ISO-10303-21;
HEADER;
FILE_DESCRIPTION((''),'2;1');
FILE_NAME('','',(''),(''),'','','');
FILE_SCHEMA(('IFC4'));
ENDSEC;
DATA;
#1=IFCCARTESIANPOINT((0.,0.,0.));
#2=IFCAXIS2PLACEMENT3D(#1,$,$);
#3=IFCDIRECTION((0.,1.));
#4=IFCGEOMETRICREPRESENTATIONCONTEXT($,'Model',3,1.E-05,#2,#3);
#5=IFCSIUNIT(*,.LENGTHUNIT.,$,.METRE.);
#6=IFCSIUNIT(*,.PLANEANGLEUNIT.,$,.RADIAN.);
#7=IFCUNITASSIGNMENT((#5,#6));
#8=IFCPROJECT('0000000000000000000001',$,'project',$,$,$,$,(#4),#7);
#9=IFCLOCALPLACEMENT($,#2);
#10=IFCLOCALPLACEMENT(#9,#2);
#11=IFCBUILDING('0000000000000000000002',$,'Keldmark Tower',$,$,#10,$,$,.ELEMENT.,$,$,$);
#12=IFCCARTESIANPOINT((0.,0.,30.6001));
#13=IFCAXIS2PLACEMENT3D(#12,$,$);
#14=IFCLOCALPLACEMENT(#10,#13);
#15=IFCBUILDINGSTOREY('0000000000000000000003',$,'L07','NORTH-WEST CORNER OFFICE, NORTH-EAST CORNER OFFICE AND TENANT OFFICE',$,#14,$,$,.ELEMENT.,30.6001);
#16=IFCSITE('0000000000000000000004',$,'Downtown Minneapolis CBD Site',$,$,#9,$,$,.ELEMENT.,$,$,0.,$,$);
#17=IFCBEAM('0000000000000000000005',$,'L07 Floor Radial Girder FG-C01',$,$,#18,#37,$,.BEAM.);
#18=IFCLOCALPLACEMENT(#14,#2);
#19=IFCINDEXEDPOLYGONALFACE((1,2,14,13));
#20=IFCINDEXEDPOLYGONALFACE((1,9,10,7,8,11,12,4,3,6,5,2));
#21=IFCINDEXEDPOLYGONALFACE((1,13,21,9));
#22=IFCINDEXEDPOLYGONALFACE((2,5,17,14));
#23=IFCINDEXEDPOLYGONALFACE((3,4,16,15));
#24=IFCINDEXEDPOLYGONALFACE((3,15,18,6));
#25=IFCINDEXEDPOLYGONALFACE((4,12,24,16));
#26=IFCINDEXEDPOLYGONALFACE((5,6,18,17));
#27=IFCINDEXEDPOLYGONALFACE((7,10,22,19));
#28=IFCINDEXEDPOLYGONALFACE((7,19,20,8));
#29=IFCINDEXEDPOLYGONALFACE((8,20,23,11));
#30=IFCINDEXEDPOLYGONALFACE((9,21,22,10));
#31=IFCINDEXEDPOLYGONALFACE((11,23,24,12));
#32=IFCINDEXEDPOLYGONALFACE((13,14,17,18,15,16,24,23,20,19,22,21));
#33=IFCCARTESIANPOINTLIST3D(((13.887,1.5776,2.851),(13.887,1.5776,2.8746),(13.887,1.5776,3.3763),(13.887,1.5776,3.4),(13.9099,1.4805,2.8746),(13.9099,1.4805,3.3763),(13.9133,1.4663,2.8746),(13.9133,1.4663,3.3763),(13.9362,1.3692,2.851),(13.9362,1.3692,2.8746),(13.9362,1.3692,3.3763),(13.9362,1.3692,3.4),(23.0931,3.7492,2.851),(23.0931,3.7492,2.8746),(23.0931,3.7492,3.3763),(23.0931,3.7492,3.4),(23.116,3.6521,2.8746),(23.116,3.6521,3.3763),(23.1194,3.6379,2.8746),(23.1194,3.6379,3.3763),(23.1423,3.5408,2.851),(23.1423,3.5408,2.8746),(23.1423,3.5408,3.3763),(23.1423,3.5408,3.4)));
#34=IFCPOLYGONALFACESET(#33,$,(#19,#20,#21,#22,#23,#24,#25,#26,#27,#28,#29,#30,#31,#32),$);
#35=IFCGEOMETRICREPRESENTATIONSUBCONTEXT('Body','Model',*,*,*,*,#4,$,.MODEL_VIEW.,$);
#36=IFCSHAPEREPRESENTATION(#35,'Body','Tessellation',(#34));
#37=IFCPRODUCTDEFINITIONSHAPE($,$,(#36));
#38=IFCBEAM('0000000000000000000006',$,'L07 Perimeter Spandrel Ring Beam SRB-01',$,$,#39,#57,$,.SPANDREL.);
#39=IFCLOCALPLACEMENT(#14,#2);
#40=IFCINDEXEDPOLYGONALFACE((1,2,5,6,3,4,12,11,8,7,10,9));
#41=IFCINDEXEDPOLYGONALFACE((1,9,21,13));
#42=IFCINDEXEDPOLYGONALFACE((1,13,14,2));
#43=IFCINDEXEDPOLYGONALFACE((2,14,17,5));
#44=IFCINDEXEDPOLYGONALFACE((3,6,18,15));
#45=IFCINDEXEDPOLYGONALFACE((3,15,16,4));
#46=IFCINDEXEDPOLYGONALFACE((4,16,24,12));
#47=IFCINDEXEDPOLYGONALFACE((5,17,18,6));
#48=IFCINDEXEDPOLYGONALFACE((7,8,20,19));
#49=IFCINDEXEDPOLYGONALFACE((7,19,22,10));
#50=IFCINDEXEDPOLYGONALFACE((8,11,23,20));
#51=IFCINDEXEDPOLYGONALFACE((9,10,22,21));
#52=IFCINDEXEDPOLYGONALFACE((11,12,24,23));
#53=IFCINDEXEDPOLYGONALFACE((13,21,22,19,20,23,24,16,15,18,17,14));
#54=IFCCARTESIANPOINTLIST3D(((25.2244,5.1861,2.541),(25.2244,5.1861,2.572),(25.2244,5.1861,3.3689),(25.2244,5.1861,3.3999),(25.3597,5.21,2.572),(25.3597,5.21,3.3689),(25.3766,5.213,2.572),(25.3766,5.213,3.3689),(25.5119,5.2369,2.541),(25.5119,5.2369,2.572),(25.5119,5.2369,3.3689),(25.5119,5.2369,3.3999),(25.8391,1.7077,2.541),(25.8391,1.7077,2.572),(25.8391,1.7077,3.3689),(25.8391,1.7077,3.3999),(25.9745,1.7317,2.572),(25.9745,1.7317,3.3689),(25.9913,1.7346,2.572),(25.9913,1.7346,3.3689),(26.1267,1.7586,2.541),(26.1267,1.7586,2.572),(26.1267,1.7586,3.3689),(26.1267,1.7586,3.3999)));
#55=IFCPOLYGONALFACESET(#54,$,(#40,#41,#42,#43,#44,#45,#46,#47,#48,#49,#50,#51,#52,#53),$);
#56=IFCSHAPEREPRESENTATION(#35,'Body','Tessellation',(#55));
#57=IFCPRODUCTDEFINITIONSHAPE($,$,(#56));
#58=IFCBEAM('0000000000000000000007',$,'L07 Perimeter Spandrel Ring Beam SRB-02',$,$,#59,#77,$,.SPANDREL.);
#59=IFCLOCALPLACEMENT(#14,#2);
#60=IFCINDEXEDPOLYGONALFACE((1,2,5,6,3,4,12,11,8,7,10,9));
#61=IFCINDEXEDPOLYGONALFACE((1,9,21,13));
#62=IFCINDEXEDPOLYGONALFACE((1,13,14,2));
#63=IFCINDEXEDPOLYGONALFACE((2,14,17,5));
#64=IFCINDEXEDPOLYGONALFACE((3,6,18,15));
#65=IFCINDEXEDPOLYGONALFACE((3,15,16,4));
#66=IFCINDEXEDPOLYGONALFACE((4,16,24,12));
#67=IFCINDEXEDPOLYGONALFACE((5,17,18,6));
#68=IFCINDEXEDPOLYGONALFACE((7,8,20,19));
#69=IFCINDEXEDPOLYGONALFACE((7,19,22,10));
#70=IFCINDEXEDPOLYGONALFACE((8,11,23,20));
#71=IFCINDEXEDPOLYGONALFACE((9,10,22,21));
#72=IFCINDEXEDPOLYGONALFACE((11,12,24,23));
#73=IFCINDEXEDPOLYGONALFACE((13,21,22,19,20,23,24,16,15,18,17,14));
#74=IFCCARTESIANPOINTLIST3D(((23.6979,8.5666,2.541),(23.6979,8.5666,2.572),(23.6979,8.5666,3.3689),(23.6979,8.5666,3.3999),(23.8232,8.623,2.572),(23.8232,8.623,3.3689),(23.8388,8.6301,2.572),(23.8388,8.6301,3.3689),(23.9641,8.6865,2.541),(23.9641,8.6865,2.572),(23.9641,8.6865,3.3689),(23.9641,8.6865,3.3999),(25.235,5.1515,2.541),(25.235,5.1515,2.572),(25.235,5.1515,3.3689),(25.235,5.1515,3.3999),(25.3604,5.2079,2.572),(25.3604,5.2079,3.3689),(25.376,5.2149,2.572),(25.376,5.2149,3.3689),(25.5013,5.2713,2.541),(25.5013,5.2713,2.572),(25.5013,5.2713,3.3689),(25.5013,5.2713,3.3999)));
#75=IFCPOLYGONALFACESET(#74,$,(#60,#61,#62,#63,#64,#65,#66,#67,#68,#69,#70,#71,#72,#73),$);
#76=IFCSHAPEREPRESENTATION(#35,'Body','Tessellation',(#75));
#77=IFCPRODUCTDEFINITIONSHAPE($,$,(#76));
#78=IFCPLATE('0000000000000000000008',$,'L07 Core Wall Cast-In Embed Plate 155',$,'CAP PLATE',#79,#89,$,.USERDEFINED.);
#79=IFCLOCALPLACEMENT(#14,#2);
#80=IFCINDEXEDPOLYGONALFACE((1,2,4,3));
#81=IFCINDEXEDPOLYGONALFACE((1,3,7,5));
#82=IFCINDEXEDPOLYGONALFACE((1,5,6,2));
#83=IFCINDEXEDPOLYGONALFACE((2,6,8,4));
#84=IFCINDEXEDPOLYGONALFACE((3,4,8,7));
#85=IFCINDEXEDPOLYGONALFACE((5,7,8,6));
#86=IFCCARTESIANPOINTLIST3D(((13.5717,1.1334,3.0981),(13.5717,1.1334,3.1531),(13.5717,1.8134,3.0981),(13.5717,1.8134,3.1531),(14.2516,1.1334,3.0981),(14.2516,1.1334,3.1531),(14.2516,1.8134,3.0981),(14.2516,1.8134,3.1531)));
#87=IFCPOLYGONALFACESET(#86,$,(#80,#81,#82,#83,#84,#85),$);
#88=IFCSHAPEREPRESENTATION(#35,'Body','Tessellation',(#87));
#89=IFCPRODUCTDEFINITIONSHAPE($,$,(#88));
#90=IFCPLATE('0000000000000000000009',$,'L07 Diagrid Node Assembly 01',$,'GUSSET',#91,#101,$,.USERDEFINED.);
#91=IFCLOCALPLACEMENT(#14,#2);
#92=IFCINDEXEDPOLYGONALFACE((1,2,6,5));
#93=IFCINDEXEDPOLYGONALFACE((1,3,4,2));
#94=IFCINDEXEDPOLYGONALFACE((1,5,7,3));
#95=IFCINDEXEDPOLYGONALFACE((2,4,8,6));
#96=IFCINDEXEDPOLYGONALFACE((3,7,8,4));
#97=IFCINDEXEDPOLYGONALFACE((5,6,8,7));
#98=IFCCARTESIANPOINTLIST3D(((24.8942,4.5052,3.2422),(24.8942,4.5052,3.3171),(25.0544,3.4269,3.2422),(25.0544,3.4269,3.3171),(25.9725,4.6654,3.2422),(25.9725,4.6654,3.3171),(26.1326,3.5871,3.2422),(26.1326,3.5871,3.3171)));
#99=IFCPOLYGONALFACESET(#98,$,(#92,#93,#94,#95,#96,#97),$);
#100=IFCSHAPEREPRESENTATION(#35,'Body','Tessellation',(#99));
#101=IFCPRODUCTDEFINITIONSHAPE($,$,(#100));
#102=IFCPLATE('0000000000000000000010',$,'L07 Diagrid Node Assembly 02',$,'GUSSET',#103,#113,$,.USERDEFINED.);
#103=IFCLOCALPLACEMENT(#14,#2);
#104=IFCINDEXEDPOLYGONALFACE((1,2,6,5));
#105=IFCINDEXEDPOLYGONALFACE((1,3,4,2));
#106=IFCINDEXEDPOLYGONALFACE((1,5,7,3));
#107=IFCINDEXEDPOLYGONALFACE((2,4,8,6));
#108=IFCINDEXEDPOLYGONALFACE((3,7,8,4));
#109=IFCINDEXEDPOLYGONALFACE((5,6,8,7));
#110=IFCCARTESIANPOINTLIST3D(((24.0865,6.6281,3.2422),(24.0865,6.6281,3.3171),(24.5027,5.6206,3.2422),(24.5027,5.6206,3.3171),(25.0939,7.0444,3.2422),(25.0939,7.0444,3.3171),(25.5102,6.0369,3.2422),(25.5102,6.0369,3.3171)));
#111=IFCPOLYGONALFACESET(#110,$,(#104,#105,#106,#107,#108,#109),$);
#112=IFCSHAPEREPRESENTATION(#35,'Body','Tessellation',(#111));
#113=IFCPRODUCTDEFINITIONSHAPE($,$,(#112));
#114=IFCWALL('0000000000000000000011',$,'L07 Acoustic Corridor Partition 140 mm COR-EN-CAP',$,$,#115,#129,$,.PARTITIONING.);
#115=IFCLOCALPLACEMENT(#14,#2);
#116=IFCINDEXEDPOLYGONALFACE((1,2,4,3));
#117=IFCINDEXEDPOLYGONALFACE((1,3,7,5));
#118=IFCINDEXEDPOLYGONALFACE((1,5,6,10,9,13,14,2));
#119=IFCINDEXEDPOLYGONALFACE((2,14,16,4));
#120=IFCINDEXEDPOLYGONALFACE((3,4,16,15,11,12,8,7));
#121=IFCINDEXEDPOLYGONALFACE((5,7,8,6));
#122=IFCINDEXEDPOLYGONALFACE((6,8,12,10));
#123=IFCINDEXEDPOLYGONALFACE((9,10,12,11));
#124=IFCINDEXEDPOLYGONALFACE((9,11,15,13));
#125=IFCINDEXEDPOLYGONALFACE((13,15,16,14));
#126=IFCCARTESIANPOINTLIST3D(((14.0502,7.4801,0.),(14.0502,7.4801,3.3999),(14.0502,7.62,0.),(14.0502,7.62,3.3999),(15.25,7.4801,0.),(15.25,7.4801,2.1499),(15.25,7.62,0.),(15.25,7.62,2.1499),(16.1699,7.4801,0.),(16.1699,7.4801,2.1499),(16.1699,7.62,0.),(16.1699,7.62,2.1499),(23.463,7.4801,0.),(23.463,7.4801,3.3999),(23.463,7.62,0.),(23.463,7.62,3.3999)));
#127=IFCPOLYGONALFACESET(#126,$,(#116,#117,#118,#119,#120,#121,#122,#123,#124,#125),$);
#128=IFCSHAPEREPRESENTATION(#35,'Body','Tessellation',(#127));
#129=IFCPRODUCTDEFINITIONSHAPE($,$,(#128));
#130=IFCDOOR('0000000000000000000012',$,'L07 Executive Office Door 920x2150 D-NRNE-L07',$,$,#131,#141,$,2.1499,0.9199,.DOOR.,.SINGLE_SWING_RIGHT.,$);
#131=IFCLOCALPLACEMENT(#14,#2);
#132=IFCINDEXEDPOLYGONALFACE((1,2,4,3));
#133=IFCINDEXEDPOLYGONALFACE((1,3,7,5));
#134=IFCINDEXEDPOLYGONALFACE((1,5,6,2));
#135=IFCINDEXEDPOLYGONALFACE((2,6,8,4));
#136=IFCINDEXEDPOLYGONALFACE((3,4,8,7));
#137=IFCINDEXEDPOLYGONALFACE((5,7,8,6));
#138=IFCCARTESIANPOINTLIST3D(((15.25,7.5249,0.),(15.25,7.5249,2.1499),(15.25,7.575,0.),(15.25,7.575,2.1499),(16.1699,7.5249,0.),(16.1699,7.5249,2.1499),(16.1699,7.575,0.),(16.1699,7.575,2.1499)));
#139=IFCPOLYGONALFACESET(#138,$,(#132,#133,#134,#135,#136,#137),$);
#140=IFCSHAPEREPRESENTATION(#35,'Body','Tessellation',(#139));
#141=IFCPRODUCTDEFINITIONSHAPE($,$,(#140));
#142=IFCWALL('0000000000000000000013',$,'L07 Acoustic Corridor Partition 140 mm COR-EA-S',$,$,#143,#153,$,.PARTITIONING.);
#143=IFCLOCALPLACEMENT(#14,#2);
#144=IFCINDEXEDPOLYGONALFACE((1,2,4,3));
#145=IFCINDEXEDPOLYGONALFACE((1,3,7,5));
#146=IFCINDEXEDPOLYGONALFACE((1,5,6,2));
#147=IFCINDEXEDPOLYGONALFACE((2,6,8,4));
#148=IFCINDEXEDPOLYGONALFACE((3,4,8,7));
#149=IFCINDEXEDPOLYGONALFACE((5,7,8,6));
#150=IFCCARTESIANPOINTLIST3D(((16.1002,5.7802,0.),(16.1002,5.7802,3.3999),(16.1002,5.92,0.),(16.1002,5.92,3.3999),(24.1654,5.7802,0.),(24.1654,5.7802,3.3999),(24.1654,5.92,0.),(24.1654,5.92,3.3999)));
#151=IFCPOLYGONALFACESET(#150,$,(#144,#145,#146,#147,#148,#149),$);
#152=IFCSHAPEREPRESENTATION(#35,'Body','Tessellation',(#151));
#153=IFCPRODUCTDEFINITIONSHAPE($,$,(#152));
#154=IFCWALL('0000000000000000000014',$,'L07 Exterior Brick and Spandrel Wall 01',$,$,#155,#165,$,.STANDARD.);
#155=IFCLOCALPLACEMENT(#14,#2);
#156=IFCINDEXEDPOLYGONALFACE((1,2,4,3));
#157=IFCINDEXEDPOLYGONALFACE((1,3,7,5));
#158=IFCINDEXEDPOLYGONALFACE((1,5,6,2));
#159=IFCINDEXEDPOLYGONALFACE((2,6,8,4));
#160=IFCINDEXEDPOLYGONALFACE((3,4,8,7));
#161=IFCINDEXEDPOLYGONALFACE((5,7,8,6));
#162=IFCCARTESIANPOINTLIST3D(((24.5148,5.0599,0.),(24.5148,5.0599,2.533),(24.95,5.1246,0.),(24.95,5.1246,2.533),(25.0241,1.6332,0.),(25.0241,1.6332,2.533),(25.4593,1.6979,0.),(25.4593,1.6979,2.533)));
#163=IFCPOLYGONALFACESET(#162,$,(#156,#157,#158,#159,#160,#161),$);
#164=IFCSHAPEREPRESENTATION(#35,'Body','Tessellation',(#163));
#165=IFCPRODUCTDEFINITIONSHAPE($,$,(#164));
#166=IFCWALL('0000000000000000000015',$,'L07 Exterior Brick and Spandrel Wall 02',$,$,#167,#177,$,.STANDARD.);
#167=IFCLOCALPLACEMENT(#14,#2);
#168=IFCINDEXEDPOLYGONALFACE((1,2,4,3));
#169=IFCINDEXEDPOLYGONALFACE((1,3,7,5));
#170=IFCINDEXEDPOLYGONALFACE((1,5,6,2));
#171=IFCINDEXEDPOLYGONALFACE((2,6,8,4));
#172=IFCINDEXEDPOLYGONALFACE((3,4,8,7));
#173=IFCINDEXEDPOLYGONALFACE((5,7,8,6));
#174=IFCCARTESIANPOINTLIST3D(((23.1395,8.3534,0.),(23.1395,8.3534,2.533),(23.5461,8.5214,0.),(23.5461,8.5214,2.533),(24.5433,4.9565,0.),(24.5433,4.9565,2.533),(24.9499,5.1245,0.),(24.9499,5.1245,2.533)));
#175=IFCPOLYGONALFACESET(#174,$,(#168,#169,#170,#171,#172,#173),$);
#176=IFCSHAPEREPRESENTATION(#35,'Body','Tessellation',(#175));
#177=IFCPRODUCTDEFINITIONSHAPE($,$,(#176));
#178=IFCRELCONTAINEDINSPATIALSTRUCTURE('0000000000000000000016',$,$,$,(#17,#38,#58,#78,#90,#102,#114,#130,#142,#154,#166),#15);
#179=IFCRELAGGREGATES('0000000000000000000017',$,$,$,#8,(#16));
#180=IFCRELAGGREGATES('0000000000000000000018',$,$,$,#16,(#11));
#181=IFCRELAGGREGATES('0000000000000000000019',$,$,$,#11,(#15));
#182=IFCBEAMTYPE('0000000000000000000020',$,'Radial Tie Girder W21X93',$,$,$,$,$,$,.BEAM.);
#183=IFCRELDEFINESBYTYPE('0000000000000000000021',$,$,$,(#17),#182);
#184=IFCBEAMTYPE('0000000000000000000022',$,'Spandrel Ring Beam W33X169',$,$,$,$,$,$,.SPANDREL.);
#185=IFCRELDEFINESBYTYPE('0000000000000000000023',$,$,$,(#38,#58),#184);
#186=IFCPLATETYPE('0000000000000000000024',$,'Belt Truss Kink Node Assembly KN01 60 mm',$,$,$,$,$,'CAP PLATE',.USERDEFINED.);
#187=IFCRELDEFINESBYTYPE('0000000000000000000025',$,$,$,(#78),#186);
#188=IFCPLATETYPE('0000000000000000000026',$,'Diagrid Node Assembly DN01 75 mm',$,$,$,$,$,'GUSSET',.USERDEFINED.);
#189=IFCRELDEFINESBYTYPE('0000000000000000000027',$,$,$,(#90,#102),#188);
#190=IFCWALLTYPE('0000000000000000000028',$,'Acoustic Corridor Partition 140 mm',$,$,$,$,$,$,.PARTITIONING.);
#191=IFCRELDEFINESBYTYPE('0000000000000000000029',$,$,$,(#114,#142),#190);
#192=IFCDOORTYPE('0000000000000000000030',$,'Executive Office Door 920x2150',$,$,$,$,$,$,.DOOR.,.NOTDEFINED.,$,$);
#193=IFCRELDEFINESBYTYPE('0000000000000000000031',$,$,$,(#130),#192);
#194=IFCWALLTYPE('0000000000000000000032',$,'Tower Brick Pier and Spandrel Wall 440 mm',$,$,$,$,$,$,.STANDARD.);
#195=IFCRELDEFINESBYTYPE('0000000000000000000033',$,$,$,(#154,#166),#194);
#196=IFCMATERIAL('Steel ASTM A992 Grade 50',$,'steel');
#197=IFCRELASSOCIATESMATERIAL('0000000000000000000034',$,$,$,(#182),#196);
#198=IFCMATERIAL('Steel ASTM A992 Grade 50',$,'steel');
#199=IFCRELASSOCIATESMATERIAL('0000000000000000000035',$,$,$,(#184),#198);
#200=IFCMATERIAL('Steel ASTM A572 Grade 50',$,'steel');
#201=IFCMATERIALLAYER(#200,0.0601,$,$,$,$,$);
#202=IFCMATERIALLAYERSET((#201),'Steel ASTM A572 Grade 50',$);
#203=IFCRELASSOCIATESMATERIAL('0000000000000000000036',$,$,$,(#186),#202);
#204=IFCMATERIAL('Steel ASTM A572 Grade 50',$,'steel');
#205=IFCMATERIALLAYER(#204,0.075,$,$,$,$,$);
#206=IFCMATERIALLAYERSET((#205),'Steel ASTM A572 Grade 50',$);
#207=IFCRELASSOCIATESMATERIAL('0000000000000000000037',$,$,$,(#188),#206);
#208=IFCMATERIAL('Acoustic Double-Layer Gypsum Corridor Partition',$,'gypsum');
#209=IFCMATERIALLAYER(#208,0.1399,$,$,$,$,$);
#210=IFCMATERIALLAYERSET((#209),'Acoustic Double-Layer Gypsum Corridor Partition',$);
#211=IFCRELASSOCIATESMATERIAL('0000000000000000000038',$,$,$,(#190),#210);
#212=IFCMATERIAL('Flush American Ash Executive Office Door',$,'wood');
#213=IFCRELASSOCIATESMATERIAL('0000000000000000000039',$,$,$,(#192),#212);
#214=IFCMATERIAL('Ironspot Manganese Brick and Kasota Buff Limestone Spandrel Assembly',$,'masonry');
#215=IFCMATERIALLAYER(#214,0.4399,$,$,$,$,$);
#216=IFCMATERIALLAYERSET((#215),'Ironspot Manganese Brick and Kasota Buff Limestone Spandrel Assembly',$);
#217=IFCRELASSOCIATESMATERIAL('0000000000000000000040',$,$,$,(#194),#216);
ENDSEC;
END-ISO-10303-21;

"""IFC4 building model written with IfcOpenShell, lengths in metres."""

from ifc_helpers import new_model, si_unit, direction, frame, frame_2d, origin, origin_2d, place, context, subcontext, project, spatial, rectangle, i_section, extrude, material, layer, layer_set, material_profile, profile_set, type_object, element, fill, save


model = new_model("IFC4")

# Units and contexts
model_context = context("Model", 3, precision=1e-05, world=origin(), true_north=direction((0.0, 1.0)))
body_context = subcontext(model_context, "Body", "Model", "MODEL_VIEW")
ifc_project = project(units=[si_unit("LENGTHUNIT", "METRE"), si_unit("PLANEANGLEUNIT", "RADIAN")], contexts=[model_context])

# Site, building, storey
site_placement = place(None, origin())
site = spatial("IfcSite", under=ifc_project, at=site_placement, Name="Downtown Minneapolis CBD Site", CompositionType="ELEMENT", RefElevation=0.0)
building_placement = place(site_placement, origin())
building = spatial("IfcBuilding", under=site, at=building_placement, Name="Keldmark Tower", CompositionType="ELEMENT")
storey_placement = place(building_placement, frame((0.0, 0.0, 30.6001)))
storey = spatial("IfcBuildingStorey", under=building, at=storey_placement, Name="L07", Description="NORTH-WEST CORNER OFFICE, NORTH-EAST CORNER OFFICE AND TENANT OFFICE", CompositionType="ELEMENT", Elevation=30.6001)

# Beams
ifc_material_1 = material(Name="Steel ASTM A992 Grade 50", Category="steel")
ifc_material_profile_1 = material_profile(ifc_material_1, i_section(OverallWidth=0.2141, OverallDepth=0.5491, WebThickness=0.0146, FlangeThickness=0.0237, at=origin_2d()), Name="W21X93")
ifc_profile_set_1 = profile_set([ifc_material_profile_1], Name="Steel ASTM A992 Grade 50")
beam_type_1 = type_object("IfcBeamType", Name="Radial Tie Girder W21X93", PredefinedType="BEAM", material=ifc_profile_set_1)
beam_1_placement = place(storey_placement, frame((23.1177, 3.645, 3.1255), z_axis=(-0.973287, -0.22959, 0.0), x_axis=(0.22959, -0.973287, 0.0)))
element("IfcBeam", 1, at=beam_1_placement, inside=storey, type_object=beam_type_1, Name="L07 Floor Radial Girder FG-C01", PredefinedType="BEAM", context=body_context, shape_type="SweptSolid", body=[
    extrude(i_section(OverallWidth=0.2141, OverallDepth=0.5491, WebThickness=0.0146, FlangeThickness=0.0237, at=origin_2d()), origin(), (0.0, 0.0, 1.0), 9.4587),
])
ifc_material_2 = material(Name="Steel ASTM A992 Grade 50", Category="steel")
ifc_material_profile_2 = material_profile(ifc_material_2, i_section(OverallWidth=0.292, OverallDepth=0.8589, WebThickness=0.0171, FlangeThickness=0.031, at=origin_2d()), Name="W33X169")
ifc_profile_set_2 = profile_set([ifc_material_profile_2], Name="Steel ASTM A992 Grade 50")
beam_type_2 = type_object("IfcBeamType", Name="Spandrel Ring Beam W33X169", PredefinedType="SPANDREL", material=ifc_profile_set_2)
beam_2_placement = place(storey_placement, frame((25.9829, 1.7332, 2.9705), z_axis=(-0.174042, 0.984738, 0.0), x_axis=(-0.984738, -0.174042, 0.0)))
element("IfcBeam", 2, at=beam_2_placement, inside=storey, type_object=beam_type_2, Name="L07 Perimeter Spandrel Ring Beam SRB-01", PredefinedType="SPANDREL", context=body_context, shape_type="SweptSolid", body=[
    extrude(i_section(OverallWidth=0.292, OverallDepth=0.8589, WebThickness=0.0171, FlangeThickness=0.031, at=origin_2d()), origin(), (0.0, 0.0, 1.0), 3.5322),
])
beam_3_placement = place(storey_placement, frame((25.3682, 5.2114, 2.9705), z_axis=(-0.410441, 0.911887, 0.0), x_axis=(-0.911887, -0.410441, 0.0)))
element("IfcBeam", 3, at=beam_3_placement, inside=storey, type_object=beam_type_2, Name="L07 Perimeter Spandrel Ring Beam SRB-02", PredefinedType="SPANDREL", context=body_context, shape_type="SweptSolid", body=[
    extrude(i_section(OverallWidth=0.292, OverallDepth=0.8589, WebThickness=0.0171, FlangeThickness=0.031, at=origin_2d()), origin(), (0.0, 0.0, 1.0), 3.7451),
])

# Plates
ifc_material_3 = material(Name="Steel ASTM A572 Grade 50", Category="steel")
ifc_layer_1 = layer(ifc_material_3, 0.0601)
ifc_layer_set_1 = layer_set([ifc_layer_1], Name="Steel ASTM A572 Grade 50")
plate_type_1 = type_object("IfcPlateType", Name="Belt Truss Kink Node Assembly KN01 60 mm", ElementType="CAP PLATE", PredefinedType="USERDEFINED", material=ifc_layer_set_1)
plate_placement = place(storey_placement, frame((13.9116, 1.4734, 3.0981), z_axis=(0.0, 0.0, 1.0), x_axis=(1.0, 0.0, 0.0)))
element("IfcPlate", 4, at=plate_placement, inside=storey, type_object=plate_type_1, Name="L07 Core Wall Cast-In Embed Plate 155", ObjectType="CAP PLATE", PredefinedType="USERDEFINED", context=body_context, shape_type="SweptSolid", body=[
    extrude(rectangle(XDim=0.6799, YDim=0.6799, at=origin_2d()), origin(), (0.0, 0.0, 1.0), 0.0549),
])
ifc_material_4 = material(Name="Steel ASTM A572 Grade 50", Category="steel")
ifc_layer_2 = layer(ifc_material_4, 0.075)
ifc_layer_set_2 = layer_set([ifc_layer_2], Name="Steel ASTM A572 Grade 50")
plate_type_2 = type_object("IfcPlateType", Name="Diagrid Node Assembly DN01 75 mm", ElementType="GUSSET", PredefinedType="USERDEFINED", material=ifc_layer_set_2)
for number, where, z_axis, x_axis, name in (
    (5, (25.5134, 4.0461, 3.2422), (0.0, 0.0, 1.0), (-0.146946, 0.989144, 0.0), "L07 Diagrid Node Assembly 01"),
    (6, (24.7983, 6.3325, 3.2422), (0.0, 0.0, 1.0), (-0.381877, 0.924213, 0.0), "L07 Diagrid Node Assembly 02"),
):
    element("IfcPlate", number, at=place(storey_placement, frame(where, z_axis=z_axis, x_axis=x_axis)), inside=storey, type_object=plate_type_2, Name=name, ObjectType="GUSSET", PredefinedType="USERDEFINED", context=body_context, shape_type="SweptSolid", body=[
        extrude(rectangle(XDim=1.0901, YDim=1.0901, at=origin_2d()), origin(), (0.0, 0.0, 1.0), 0.075),
    ])

# Wall, opening, door
ifc_material_5 = material(Name="Acoustic Double-Layer Gypsum Corridor Partition", Category="gypsum")
ifc_layer_3 = layer(ifc_material_5, 0.1399)
ifc_layer_set_3 = layer_set([ifc_layer_3], Name="Acoustic Double-Layer Gypsum Corridor Partition")
wall_type_1 = type_object("IfcWallType", Name="Acoustic Corridor Partition 140 mm", PredefinedType="PARTITIONING", material=ifc_layer_set_3)
wall_1_placement = place(storey_placement, frame((14.05, 7.55, 0.0), z_axis=(0.0, 0.0, 1.0), x_axis=(1.0, 0.0, 0.0)))
wall_1 = element("IfcWall", 7, at=wall_1_placement, inside=storey, type_object=wall_type_1, Name="L07 Acoustic Corridor Partition 140 mm COR-EN-CAP", PredefinedType="PARTITIONING", context=body_context, shape_type="SweptSolid", body=[
    extrude(rectangle(XDim=9.4128, YDim=0.1399, at=frame_2d((4.7065, 0.0))), origin(), (0.0, 0.0, 1.0), 3.3999),
])
opening_1_placement = place(wall_1_placement, frame((1.2, 0.0, 0.0)))
opening_1 = element("IfcOpeningElement", 8, at=opening_1_placement, cuts=wall_1, PredefinedType="OPENING", context=body_context, shape_type="SweptSolid", body=[
    extrude(rectangle(XDim=0.9199, YDim=2.1499, at=frame_2d((0.46, 1.075))), frame((0.0, 0.0798, 0.0), z_axis=(0.0, -1.0, 0.0), x_axis=(1.0, 0.0, 0.0)), (0.0, 0.0, 1.0), 0.1599),
])
ifc_material_6 = material(Name="Flush American Ash Executive Office Door", Category="wood")
door_type_1 = type_object("IfcDoorType", Name="Executive Office Door 920x2150", OperationType="NOTDEFINED", PredefinedType="DOOR", material=ifc_material_6)
door_1_placement = place(opening_1_placement, origin())
door_1 = element("IfcDoor", 9, at=door_1_placement, inside=storey, type_object=door_type_1, Name="L07 Executive Office Door 920x2150 D-NRNE-L07", OperationType="SINGLE_SWING_RIGHT", OverallHeight=2.1499, OverallWidth=0.9199, PredefinedType="DOOR", context=body_context, shape_type="SweptSolid", body=[
    extrude(rectangle(XDim=0.9199, YDim=2.1499, at=frame_2d((0.46, 1.075))), frame((0.0, 0.0249, 0.0), z_axis=(0.0, -1.0, 0.0), x_axis=(1.0, 0.0, 0.0)), (0.0, 0.0, 1.0), 0.05),
])
fill(opening_1, door_1)

# Wall
wall_2_placement = place(storey_placement, frame((16.1001, 5.8501, 0.0), z_axis=(0.0, 0.0, 1.0), x_axis=(1.0, 0.0, 0.0)))
element("IfcWall", 10, at=wall_2_placement, inside=storey, type_object=wall_type_1, Name="L07 Acoustic Corridor Partition 140 mm COR-EA-S", PredefinedType="PARTITIONING", context=body_context, shape_type="SweptSolid", body=[
    extrude(rectangle(XDim=8.0652, YDim=0.1399, at=frame_2d((4.0327, 0.0))), origin(), (0.0, 0.0, 1.0), 3.3999),
])

# Walls
ifc_material_7 = material(Name="Ironspot Manganese Brick and Kasota Buff Limestone Spandrel Assembly", Category="masonry")
ifc_layer_4 = layer(ifc_material_7, 0.4399)
ifc_layer_set_4 = layer_set([ifc_layer_4], Name="Ironspot Manganese Brick and Kasota Buff Limestone Spandrel Assembly")
wall_type_2 = type_object("IfcWallType", Name="Tower Brick Pier and Spandrel Wall 440 mm", PredefinedType="STANDARD", material=ifc_layer_set_4)
wall_3_placement = place(storey_placement, frame((24.7324, 5.0923, 0.0), z_axis=(0.0, 0.0, 1.0), x_axis=(0.147003, -0.989136, 0.0)))
element("IfcWall", 11, at=wall_3_placement, inside=storey, type_object=wall_type_2, Name="L07 Exterior Brick and Spandrel Wall 01", PredefinedType="STANDARD", context=body_context, shape_type="SweptSolid", body=[
    extrude(rectangle(XDim=3.4644, YDim=0.4399, at=frame_2d((1.7322, 0.0))), origin(), (0.0, 0.0, 1.0), 2.533),
])
wall_4_placement = place(storey_placement, frame((23.3428, 8.4375, 0.0), z_axis=(0.0, 0.0, 1.0), x_axis=(0.381925, -0.924193, 0.0)))
element("IfcWall", 12, at=wall_4_placement, inside=storey, type_object=wall_type_2, Name="L07 Exterior Brick and Spandrel Wall 02", PredefinedType="STANDARD", context=body_context, shape_type="SweptSolid", body=[
    extrude(rectangle(XDim=3.6755, YDim=0.4399, at=frame_2d((1.8379, 0.0))), origin(), (0.0, 0.0, 1.0), 2.533),
])

save(model, "model.ifc")
